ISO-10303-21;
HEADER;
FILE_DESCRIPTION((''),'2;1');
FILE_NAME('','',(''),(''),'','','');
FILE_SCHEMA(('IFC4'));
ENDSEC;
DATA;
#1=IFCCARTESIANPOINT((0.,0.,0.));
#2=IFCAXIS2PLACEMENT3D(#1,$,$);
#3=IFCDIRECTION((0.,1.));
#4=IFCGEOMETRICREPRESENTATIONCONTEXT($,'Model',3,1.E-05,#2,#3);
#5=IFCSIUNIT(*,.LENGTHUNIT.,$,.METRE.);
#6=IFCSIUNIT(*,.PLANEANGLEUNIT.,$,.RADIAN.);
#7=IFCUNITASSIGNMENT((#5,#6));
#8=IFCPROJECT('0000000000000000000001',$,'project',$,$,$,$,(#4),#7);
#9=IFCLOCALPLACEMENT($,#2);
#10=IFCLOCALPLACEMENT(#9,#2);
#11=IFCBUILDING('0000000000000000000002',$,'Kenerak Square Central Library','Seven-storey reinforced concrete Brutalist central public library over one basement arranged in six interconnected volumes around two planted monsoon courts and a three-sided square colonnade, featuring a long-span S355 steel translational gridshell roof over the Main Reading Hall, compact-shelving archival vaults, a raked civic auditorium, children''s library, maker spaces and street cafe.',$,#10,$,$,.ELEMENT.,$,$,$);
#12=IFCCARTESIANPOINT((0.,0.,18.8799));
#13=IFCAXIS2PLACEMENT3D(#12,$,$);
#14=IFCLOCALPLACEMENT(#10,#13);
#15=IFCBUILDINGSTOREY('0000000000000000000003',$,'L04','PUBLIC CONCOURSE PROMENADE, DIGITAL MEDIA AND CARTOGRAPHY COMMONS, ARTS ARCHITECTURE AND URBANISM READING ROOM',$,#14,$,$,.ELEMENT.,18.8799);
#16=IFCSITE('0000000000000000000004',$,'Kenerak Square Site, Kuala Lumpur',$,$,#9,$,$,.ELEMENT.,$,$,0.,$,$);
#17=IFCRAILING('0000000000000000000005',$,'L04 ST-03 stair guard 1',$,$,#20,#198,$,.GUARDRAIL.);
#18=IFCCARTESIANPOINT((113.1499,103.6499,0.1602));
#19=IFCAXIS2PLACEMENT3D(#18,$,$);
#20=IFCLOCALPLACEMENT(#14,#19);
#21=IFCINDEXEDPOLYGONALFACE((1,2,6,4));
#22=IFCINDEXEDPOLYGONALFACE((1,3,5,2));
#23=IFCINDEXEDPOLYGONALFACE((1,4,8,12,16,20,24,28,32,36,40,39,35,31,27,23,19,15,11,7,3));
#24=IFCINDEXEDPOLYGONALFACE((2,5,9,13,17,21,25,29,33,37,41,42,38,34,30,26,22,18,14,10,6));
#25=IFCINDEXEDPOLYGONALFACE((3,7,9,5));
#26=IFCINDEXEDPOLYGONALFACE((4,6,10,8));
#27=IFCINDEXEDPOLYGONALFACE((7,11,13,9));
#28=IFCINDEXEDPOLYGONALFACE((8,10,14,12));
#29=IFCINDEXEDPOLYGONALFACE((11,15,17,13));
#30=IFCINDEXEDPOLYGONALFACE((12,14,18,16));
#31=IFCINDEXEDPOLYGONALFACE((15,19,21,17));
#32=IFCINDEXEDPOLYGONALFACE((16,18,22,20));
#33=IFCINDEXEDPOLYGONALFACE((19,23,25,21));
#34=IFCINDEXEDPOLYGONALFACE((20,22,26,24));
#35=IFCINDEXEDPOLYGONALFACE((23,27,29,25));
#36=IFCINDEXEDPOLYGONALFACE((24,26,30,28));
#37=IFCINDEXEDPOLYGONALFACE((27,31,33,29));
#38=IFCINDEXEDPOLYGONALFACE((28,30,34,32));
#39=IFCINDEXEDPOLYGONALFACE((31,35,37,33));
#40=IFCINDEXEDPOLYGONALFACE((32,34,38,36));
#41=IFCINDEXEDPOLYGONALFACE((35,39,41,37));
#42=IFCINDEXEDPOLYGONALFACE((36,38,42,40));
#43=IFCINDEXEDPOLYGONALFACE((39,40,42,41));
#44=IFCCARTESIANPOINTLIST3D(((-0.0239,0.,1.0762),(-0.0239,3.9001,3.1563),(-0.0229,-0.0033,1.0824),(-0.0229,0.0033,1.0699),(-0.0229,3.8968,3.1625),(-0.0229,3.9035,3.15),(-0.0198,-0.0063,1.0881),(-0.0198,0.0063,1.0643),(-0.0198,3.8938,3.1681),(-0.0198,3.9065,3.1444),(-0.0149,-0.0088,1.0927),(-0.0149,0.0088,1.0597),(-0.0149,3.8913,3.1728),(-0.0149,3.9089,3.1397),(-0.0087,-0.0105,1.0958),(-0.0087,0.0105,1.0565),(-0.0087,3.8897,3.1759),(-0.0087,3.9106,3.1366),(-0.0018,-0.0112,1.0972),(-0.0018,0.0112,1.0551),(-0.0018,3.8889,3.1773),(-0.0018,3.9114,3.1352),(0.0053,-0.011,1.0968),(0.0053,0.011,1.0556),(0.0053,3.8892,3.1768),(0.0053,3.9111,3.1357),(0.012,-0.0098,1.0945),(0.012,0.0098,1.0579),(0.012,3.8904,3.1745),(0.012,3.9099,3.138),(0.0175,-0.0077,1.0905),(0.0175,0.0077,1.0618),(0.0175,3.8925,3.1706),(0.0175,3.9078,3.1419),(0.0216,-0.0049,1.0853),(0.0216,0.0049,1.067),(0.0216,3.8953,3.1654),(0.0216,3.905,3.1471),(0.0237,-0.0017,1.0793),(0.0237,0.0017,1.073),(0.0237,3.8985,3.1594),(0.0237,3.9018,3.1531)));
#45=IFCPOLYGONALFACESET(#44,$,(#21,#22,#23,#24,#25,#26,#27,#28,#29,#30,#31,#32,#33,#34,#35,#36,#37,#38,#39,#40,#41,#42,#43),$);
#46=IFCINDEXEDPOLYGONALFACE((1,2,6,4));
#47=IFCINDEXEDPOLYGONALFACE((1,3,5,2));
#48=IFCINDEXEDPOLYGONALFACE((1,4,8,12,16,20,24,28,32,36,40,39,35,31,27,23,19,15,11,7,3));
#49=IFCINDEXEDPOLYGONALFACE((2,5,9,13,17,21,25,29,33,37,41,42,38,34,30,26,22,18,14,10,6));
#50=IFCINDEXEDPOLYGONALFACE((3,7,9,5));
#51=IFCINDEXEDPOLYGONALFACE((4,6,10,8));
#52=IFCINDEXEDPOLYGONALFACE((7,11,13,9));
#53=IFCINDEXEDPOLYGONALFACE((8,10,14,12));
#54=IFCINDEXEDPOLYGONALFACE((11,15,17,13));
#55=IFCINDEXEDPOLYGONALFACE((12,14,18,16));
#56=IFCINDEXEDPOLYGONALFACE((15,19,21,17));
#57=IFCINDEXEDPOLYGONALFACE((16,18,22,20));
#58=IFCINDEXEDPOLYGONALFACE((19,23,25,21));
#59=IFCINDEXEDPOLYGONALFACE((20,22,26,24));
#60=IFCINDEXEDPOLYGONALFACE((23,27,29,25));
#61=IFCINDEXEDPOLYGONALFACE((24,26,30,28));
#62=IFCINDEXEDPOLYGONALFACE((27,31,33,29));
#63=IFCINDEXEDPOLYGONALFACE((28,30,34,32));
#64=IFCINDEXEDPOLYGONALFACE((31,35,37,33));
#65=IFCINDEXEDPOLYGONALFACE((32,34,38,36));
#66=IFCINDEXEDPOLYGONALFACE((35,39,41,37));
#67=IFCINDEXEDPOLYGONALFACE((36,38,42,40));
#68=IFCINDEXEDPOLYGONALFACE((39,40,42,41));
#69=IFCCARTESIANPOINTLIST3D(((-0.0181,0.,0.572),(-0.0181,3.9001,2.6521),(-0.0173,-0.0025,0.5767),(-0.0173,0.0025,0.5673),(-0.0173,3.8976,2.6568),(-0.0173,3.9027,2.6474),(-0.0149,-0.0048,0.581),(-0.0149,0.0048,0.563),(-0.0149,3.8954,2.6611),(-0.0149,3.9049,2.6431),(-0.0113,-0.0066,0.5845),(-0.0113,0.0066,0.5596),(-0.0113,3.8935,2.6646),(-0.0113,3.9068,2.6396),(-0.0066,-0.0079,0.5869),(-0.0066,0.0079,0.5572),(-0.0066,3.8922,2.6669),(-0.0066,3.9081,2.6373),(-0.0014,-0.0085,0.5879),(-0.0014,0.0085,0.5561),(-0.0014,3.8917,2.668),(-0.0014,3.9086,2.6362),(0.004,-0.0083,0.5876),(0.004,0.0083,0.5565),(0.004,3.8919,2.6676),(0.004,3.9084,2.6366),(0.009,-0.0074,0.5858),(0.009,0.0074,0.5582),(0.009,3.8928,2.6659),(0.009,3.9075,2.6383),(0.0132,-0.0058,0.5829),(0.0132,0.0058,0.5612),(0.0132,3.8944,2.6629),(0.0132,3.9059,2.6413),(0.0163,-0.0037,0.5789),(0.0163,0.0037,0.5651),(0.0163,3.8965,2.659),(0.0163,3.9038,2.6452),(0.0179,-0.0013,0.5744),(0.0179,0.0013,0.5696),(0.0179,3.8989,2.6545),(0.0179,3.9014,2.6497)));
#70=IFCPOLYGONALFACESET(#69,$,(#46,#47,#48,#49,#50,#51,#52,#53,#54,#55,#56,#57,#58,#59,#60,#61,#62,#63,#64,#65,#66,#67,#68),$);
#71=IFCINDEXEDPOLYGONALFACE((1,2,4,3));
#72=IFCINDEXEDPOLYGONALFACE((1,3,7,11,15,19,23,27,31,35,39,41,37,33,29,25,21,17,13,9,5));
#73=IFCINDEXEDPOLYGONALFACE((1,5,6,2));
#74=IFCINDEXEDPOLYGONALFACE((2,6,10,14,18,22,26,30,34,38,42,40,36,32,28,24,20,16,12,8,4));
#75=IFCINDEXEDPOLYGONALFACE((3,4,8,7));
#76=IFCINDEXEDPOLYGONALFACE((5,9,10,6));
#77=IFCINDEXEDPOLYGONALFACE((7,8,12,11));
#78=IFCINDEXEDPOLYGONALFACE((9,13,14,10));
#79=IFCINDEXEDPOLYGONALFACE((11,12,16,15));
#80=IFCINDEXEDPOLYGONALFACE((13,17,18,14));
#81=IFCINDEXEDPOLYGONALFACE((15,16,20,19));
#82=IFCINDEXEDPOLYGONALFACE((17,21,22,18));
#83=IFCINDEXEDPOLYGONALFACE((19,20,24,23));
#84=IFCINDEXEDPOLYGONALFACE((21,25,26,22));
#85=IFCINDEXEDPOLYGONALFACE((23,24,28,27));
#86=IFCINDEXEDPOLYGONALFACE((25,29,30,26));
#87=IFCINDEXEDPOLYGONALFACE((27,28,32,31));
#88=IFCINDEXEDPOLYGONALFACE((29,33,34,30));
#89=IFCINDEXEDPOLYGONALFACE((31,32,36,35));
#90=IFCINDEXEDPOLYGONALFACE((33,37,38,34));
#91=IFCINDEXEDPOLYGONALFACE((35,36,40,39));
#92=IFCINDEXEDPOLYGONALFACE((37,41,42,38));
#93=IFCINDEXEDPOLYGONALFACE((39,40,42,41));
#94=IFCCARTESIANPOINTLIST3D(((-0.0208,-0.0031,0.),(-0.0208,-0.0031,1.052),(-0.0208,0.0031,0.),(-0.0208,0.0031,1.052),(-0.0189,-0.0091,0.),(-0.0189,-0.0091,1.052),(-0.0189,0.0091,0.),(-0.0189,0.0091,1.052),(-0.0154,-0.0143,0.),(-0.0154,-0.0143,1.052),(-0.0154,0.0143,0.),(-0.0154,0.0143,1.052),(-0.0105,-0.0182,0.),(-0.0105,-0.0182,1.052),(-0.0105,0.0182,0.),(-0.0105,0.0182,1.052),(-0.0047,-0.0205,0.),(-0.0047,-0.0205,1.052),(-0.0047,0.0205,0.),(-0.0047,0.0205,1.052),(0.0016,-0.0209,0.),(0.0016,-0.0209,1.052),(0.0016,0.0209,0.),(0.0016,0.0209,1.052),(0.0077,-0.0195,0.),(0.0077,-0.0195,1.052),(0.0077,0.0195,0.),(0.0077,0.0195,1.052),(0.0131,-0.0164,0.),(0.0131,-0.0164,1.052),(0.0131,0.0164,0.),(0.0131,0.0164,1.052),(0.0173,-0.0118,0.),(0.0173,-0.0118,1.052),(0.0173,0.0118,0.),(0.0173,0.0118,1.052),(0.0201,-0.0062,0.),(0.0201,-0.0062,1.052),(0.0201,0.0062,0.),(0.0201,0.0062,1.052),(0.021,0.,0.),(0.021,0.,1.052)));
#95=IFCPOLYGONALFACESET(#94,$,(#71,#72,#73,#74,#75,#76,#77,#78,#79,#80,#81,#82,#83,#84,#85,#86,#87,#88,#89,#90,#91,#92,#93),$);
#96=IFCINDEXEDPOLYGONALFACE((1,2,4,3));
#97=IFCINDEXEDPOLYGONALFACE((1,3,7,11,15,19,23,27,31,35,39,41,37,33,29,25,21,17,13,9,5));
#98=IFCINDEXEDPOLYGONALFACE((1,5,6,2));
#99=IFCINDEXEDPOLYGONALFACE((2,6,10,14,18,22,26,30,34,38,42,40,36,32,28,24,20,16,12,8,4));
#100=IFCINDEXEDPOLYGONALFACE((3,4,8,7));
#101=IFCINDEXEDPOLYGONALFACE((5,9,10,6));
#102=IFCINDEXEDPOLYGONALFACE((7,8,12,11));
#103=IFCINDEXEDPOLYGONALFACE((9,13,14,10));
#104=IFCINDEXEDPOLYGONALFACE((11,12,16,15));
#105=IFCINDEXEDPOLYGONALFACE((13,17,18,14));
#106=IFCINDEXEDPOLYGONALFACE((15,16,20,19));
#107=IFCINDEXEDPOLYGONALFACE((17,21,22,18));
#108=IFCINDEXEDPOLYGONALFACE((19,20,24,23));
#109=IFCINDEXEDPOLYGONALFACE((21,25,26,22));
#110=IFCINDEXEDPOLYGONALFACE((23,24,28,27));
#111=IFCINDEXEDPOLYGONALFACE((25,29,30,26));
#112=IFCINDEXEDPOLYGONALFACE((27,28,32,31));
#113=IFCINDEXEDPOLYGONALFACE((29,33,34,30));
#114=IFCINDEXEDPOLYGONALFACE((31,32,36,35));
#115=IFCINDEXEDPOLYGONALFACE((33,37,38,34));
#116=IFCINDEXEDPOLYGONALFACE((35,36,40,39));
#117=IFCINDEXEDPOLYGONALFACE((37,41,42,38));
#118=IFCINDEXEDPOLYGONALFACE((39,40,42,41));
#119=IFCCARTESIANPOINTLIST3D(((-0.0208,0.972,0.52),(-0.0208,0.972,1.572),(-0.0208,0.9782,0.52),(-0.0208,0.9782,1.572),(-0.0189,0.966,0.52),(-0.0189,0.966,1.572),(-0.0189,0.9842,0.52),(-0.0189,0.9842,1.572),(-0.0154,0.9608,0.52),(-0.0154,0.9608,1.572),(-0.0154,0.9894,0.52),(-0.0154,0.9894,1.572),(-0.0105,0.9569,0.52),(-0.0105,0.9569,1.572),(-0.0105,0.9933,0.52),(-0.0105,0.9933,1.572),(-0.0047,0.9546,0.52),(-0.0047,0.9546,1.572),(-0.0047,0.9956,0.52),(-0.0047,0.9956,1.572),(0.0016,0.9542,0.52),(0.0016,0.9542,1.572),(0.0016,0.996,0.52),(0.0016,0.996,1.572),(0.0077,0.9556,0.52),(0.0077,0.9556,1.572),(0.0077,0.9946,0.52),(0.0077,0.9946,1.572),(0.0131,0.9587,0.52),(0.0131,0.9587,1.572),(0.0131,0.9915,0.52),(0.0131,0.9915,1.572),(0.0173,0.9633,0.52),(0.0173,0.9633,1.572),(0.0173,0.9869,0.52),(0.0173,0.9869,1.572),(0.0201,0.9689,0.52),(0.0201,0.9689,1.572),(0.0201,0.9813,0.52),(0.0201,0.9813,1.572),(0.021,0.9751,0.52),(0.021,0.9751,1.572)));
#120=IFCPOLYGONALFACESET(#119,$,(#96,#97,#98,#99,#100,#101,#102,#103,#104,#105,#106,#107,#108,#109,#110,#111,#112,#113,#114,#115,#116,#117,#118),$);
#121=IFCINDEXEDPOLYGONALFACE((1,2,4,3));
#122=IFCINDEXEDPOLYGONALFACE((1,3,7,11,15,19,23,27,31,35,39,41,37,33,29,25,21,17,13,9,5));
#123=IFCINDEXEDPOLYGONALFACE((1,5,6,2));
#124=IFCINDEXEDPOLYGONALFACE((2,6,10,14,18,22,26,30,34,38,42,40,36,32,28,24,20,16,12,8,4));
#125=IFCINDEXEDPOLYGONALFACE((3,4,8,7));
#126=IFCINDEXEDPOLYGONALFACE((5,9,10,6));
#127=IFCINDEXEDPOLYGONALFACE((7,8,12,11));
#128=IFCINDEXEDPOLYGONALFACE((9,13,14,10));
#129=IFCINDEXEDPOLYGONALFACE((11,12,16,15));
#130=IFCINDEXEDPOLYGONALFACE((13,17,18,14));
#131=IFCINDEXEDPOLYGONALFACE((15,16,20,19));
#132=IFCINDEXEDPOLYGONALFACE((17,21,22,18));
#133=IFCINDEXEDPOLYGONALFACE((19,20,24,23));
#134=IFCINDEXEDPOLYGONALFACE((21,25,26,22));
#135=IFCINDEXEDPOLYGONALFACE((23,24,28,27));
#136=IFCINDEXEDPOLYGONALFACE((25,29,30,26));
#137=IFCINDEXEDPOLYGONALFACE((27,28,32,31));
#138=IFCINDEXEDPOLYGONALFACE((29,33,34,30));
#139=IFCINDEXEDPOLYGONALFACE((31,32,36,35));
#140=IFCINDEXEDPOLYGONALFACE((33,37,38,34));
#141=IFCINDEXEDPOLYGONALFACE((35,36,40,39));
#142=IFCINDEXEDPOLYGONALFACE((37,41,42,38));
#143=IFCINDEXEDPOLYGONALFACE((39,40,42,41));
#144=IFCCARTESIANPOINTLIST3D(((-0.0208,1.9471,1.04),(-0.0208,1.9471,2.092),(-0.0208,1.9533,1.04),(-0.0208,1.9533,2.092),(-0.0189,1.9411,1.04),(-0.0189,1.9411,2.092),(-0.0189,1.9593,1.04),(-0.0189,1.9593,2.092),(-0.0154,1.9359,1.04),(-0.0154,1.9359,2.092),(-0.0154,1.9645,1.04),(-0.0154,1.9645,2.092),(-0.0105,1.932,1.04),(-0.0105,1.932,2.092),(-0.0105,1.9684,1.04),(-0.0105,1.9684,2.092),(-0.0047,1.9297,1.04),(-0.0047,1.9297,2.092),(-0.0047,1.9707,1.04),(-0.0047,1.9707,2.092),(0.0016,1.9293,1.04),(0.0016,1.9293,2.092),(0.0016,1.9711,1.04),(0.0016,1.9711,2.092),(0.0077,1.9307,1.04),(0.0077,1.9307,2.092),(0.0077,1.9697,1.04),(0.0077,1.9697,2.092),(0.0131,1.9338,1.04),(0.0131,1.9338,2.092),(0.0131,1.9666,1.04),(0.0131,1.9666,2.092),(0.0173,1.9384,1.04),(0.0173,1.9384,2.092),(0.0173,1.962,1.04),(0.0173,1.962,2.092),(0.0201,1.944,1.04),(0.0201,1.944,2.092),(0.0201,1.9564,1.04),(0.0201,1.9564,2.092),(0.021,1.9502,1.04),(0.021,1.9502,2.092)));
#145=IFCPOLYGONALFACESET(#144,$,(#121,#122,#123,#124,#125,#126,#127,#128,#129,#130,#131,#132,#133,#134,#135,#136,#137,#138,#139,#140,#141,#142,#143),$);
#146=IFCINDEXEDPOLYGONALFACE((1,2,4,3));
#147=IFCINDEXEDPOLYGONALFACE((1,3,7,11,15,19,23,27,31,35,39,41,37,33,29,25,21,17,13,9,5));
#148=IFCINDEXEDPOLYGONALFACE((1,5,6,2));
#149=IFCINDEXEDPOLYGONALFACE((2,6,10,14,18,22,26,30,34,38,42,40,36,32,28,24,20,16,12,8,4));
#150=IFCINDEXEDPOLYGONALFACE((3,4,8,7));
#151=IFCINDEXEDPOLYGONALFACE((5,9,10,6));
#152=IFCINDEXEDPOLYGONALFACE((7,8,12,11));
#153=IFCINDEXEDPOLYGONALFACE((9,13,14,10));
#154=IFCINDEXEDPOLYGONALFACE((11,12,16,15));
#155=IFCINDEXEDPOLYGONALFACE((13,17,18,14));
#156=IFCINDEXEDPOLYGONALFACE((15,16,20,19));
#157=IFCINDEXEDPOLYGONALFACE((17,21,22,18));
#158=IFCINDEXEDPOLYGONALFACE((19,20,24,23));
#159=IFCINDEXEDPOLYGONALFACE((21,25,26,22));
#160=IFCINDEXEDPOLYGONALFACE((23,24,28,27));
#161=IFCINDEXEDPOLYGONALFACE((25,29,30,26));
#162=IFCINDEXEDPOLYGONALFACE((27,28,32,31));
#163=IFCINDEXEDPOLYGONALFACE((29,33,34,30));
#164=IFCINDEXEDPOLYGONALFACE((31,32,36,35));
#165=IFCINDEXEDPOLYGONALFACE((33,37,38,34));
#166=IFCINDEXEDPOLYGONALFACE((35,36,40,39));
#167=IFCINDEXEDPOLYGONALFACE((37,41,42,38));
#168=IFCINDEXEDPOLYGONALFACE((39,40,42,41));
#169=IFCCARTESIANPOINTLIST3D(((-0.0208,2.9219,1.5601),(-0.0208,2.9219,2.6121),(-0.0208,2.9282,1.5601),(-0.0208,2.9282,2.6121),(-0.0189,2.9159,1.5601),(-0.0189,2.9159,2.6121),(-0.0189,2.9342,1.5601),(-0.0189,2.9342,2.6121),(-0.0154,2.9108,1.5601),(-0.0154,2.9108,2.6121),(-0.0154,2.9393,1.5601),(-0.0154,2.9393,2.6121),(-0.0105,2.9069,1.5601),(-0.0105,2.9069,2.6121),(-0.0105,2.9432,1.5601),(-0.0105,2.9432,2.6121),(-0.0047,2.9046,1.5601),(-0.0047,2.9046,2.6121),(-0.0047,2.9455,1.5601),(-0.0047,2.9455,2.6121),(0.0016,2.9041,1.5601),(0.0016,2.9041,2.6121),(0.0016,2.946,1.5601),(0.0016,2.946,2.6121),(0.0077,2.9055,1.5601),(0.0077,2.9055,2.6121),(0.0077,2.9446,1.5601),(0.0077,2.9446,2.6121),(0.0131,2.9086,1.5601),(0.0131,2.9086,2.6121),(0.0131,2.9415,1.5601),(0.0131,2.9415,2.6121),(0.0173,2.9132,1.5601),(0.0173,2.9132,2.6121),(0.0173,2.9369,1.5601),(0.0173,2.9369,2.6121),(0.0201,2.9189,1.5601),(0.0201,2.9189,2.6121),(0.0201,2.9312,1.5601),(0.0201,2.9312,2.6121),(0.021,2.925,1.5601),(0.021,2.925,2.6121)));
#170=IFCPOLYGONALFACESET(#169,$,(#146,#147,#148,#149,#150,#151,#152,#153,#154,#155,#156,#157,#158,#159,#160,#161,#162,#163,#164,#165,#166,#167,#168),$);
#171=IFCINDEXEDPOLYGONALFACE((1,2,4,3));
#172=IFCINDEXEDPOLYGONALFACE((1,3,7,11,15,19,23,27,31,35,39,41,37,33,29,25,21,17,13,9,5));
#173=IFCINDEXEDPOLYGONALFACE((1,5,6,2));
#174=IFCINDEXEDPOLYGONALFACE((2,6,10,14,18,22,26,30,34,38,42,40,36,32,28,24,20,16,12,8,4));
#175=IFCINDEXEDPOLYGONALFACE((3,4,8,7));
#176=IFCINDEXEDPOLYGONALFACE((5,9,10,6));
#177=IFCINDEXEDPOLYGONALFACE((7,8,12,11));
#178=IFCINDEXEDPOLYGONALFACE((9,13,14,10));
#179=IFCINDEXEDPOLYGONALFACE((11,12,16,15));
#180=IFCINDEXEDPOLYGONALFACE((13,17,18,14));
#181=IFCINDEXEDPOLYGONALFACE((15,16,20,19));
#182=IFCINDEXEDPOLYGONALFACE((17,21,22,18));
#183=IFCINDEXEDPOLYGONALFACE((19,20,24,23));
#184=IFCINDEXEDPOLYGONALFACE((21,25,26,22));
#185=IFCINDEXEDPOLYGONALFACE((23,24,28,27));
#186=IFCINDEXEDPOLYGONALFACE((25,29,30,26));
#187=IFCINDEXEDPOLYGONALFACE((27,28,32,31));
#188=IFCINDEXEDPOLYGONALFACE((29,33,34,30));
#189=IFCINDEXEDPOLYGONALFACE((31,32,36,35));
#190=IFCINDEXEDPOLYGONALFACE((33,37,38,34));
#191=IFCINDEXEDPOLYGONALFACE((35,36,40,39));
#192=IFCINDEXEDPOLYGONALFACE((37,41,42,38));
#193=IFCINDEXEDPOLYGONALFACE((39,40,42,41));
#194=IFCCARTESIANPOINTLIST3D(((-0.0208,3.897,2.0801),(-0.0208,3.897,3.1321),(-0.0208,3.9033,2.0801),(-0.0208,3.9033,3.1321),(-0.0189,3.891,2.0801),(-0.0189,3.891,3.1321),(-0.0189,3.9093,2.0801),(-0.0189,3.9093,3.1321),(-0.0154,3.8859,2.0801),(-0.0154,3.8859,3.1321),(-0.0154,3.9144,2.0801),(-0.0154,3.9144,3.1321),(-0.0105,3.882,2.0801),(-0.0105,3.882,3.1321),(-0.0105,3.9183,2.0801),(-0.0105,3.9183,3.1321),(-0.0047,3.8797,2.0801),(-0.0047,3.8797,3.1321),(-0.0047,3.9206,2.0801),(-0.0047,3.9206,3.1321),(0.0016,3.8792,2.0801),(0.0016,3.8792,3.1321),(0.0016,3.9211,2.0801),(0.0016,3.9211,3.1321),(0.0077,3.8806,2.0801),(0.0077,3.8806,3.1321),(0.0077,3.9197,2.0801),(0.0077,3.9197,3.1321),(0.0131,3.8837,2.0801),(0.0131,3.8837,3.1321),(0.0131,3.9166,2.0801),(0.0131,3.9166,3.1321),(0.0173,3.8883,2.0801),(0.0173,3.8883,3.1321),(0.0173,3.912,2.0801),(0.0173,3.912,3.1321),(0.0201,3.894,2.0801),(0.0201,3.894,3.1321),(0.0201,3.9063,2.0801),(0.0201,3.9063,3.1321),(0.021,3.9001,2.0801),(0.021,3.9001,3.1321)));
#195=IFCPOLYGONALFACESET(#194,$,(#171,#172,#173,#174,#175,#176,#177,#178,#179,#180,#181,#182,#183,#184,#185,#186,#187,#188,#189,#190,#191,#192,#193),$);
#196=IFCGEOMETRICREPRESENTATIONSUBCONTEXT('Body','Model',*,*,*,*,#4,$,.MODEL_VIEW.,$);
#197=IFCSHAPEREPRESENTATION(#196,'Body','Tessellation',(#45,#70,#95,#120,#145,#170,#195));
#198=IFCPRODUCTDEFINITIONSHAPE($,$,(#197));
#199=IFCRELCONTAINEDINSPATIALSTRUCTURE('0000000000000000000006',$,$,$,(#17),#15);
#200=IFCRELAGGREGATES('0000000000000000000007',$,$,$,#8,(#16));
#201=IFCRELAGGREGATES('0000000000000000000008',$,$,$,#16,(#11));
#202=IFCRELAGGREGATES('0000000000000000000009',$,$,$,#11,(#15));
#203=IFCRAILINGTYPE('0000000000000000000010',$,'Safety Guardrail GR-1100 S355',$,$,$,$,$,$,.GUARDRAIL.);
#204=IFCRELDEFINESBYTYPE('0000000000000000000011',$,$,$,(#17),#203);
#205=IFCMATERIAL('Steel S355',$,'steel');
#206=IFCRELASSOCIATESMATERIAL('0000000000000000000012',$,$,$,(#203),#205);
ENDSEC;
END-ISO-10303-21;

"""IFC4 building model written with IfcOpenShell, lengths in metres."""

from ifc_helpers import new_model, si_unit, direction, frame, origin, origin_2d, place, context, subcontext, project, spatial, circle, extrude, material, type_object, element, save


model = new_model("IFC4")

# Units and contexts
model_context = context("Model", 3, precision=1e-05, world=origin(), true_north=direction((0.0, 1.0)))
body_context = subcontext(model_context, "Body", "Model", "MODEL_VIEW")
ifc_project = project(units=[si_unit("LENGTHUNIT", "METRE"), si_unit("PLANEANGLEUNIT", "RADIAN")], contexts=[model_context])

# Site, building, storey
site_placement = place(None, origin())
site = spatial("IfcSite", under=ifc_project, at=site_placement, Name="Kenerak Square Site, Kuala Lumpur", CompositionType="ELEMENT", RefElevation=0.0)
building_placement = place(site_placement, origin())
building = spatial("IfcBuilding", under=site, at=building_placement, Name="Kenerak Square Central Library", Description="Seven-storey reinforced concrete Brutalist central public library over one basement arranged in six interconnected volumes around two planted monsoon courts and a three-sided square colonnade, featuring a long-span S355 steel translational gridshell roof over the Main Reading Hall, compact-shelving archival vaults, a raked civic auditorium, children's library, maker spaces and street cafe.", CompositionType="ELEMENT")
storey_placement = place(building_placement, frame((0.0, 0.0, 18.8799)))
storey = spatial("IfcBuildingStorey", under=building, at=storey_placement, Name="L04", Description="PUBLIC CONCOURSE PROMENADE, DIGITAL MEDIA AND CARTOGRAPHY COMMONS, ARTS ARCHITECTURE AND URBANISM READING ROOM", CompositionType="ELEMENT", Elevation=18.8799)

# Railing
ifc_material_1 = material(Name="Steel S355", Category="steel")
railing_type_1 = type_object("IfcRailingType", Name="Safety Guardrail GR-1100 S355", PredefinedType="GUARDRAIL", material=ifc_material_1)
railing_1_placement = place(storey_placement, frame((113.1499, 103.6499, 0.1602)))
element("IfcRailing", 1, at=railing_1_placement, inside=storey, type_object=railing_type_1, Name="L04 ST-03 stair guard 1", PredefinedType="GUARDRAIL", context=body_context, shape_type="SweptSolid", body=[
    extrude(circle(Radius=0.0239, at=origin_2d()), frame((0.0, 0.0, 1.0762), z_axis=(0.0, 0.882353, 0.470588), x_axis=(-1.0, 0.0, 0.0)), (0.0, 0.0, 1.0), 4.4202),
    extrude(circle(Radius=0.0181, at=origin_2d()), frame((0.0, 0.0, 0.572), z_axis=(0.0, 0.882353, 0.470588), x_axis=(-1.0, 0.0, 0.0)), (0.0, 0.0, 1.0), 4.4202),
    extrude(circle(Radius=0.021, at=origin_2d()), origin(), (0.0, 0.0, 1.0), 1.052),
    extrude(circle(Radius=0.021, at=origin_2d()), frame((0.0, 0.9751, 0.52)), (0.0, 0.0, 1.0), 1.052),
    extrude(circle(Radius=0.021, at=origin_2d()), frame((0.0, 1.9502, 1.04)), (0.0, 0.0, 1.0), 1.052),
    extrude(circle(Radius=0.021, at=origin_2d()), frame((0.0, 2.925, 1.5601)), (0.0, 0.0, 1.0), 1.052),
    extrude(circle(Radius=0.021, at=origin_2d()), frame((0.0, 3.9001, 2.0801)), (0.0, 0.0, 1.0), 1.052),
])

save(model, "model.ifc")
